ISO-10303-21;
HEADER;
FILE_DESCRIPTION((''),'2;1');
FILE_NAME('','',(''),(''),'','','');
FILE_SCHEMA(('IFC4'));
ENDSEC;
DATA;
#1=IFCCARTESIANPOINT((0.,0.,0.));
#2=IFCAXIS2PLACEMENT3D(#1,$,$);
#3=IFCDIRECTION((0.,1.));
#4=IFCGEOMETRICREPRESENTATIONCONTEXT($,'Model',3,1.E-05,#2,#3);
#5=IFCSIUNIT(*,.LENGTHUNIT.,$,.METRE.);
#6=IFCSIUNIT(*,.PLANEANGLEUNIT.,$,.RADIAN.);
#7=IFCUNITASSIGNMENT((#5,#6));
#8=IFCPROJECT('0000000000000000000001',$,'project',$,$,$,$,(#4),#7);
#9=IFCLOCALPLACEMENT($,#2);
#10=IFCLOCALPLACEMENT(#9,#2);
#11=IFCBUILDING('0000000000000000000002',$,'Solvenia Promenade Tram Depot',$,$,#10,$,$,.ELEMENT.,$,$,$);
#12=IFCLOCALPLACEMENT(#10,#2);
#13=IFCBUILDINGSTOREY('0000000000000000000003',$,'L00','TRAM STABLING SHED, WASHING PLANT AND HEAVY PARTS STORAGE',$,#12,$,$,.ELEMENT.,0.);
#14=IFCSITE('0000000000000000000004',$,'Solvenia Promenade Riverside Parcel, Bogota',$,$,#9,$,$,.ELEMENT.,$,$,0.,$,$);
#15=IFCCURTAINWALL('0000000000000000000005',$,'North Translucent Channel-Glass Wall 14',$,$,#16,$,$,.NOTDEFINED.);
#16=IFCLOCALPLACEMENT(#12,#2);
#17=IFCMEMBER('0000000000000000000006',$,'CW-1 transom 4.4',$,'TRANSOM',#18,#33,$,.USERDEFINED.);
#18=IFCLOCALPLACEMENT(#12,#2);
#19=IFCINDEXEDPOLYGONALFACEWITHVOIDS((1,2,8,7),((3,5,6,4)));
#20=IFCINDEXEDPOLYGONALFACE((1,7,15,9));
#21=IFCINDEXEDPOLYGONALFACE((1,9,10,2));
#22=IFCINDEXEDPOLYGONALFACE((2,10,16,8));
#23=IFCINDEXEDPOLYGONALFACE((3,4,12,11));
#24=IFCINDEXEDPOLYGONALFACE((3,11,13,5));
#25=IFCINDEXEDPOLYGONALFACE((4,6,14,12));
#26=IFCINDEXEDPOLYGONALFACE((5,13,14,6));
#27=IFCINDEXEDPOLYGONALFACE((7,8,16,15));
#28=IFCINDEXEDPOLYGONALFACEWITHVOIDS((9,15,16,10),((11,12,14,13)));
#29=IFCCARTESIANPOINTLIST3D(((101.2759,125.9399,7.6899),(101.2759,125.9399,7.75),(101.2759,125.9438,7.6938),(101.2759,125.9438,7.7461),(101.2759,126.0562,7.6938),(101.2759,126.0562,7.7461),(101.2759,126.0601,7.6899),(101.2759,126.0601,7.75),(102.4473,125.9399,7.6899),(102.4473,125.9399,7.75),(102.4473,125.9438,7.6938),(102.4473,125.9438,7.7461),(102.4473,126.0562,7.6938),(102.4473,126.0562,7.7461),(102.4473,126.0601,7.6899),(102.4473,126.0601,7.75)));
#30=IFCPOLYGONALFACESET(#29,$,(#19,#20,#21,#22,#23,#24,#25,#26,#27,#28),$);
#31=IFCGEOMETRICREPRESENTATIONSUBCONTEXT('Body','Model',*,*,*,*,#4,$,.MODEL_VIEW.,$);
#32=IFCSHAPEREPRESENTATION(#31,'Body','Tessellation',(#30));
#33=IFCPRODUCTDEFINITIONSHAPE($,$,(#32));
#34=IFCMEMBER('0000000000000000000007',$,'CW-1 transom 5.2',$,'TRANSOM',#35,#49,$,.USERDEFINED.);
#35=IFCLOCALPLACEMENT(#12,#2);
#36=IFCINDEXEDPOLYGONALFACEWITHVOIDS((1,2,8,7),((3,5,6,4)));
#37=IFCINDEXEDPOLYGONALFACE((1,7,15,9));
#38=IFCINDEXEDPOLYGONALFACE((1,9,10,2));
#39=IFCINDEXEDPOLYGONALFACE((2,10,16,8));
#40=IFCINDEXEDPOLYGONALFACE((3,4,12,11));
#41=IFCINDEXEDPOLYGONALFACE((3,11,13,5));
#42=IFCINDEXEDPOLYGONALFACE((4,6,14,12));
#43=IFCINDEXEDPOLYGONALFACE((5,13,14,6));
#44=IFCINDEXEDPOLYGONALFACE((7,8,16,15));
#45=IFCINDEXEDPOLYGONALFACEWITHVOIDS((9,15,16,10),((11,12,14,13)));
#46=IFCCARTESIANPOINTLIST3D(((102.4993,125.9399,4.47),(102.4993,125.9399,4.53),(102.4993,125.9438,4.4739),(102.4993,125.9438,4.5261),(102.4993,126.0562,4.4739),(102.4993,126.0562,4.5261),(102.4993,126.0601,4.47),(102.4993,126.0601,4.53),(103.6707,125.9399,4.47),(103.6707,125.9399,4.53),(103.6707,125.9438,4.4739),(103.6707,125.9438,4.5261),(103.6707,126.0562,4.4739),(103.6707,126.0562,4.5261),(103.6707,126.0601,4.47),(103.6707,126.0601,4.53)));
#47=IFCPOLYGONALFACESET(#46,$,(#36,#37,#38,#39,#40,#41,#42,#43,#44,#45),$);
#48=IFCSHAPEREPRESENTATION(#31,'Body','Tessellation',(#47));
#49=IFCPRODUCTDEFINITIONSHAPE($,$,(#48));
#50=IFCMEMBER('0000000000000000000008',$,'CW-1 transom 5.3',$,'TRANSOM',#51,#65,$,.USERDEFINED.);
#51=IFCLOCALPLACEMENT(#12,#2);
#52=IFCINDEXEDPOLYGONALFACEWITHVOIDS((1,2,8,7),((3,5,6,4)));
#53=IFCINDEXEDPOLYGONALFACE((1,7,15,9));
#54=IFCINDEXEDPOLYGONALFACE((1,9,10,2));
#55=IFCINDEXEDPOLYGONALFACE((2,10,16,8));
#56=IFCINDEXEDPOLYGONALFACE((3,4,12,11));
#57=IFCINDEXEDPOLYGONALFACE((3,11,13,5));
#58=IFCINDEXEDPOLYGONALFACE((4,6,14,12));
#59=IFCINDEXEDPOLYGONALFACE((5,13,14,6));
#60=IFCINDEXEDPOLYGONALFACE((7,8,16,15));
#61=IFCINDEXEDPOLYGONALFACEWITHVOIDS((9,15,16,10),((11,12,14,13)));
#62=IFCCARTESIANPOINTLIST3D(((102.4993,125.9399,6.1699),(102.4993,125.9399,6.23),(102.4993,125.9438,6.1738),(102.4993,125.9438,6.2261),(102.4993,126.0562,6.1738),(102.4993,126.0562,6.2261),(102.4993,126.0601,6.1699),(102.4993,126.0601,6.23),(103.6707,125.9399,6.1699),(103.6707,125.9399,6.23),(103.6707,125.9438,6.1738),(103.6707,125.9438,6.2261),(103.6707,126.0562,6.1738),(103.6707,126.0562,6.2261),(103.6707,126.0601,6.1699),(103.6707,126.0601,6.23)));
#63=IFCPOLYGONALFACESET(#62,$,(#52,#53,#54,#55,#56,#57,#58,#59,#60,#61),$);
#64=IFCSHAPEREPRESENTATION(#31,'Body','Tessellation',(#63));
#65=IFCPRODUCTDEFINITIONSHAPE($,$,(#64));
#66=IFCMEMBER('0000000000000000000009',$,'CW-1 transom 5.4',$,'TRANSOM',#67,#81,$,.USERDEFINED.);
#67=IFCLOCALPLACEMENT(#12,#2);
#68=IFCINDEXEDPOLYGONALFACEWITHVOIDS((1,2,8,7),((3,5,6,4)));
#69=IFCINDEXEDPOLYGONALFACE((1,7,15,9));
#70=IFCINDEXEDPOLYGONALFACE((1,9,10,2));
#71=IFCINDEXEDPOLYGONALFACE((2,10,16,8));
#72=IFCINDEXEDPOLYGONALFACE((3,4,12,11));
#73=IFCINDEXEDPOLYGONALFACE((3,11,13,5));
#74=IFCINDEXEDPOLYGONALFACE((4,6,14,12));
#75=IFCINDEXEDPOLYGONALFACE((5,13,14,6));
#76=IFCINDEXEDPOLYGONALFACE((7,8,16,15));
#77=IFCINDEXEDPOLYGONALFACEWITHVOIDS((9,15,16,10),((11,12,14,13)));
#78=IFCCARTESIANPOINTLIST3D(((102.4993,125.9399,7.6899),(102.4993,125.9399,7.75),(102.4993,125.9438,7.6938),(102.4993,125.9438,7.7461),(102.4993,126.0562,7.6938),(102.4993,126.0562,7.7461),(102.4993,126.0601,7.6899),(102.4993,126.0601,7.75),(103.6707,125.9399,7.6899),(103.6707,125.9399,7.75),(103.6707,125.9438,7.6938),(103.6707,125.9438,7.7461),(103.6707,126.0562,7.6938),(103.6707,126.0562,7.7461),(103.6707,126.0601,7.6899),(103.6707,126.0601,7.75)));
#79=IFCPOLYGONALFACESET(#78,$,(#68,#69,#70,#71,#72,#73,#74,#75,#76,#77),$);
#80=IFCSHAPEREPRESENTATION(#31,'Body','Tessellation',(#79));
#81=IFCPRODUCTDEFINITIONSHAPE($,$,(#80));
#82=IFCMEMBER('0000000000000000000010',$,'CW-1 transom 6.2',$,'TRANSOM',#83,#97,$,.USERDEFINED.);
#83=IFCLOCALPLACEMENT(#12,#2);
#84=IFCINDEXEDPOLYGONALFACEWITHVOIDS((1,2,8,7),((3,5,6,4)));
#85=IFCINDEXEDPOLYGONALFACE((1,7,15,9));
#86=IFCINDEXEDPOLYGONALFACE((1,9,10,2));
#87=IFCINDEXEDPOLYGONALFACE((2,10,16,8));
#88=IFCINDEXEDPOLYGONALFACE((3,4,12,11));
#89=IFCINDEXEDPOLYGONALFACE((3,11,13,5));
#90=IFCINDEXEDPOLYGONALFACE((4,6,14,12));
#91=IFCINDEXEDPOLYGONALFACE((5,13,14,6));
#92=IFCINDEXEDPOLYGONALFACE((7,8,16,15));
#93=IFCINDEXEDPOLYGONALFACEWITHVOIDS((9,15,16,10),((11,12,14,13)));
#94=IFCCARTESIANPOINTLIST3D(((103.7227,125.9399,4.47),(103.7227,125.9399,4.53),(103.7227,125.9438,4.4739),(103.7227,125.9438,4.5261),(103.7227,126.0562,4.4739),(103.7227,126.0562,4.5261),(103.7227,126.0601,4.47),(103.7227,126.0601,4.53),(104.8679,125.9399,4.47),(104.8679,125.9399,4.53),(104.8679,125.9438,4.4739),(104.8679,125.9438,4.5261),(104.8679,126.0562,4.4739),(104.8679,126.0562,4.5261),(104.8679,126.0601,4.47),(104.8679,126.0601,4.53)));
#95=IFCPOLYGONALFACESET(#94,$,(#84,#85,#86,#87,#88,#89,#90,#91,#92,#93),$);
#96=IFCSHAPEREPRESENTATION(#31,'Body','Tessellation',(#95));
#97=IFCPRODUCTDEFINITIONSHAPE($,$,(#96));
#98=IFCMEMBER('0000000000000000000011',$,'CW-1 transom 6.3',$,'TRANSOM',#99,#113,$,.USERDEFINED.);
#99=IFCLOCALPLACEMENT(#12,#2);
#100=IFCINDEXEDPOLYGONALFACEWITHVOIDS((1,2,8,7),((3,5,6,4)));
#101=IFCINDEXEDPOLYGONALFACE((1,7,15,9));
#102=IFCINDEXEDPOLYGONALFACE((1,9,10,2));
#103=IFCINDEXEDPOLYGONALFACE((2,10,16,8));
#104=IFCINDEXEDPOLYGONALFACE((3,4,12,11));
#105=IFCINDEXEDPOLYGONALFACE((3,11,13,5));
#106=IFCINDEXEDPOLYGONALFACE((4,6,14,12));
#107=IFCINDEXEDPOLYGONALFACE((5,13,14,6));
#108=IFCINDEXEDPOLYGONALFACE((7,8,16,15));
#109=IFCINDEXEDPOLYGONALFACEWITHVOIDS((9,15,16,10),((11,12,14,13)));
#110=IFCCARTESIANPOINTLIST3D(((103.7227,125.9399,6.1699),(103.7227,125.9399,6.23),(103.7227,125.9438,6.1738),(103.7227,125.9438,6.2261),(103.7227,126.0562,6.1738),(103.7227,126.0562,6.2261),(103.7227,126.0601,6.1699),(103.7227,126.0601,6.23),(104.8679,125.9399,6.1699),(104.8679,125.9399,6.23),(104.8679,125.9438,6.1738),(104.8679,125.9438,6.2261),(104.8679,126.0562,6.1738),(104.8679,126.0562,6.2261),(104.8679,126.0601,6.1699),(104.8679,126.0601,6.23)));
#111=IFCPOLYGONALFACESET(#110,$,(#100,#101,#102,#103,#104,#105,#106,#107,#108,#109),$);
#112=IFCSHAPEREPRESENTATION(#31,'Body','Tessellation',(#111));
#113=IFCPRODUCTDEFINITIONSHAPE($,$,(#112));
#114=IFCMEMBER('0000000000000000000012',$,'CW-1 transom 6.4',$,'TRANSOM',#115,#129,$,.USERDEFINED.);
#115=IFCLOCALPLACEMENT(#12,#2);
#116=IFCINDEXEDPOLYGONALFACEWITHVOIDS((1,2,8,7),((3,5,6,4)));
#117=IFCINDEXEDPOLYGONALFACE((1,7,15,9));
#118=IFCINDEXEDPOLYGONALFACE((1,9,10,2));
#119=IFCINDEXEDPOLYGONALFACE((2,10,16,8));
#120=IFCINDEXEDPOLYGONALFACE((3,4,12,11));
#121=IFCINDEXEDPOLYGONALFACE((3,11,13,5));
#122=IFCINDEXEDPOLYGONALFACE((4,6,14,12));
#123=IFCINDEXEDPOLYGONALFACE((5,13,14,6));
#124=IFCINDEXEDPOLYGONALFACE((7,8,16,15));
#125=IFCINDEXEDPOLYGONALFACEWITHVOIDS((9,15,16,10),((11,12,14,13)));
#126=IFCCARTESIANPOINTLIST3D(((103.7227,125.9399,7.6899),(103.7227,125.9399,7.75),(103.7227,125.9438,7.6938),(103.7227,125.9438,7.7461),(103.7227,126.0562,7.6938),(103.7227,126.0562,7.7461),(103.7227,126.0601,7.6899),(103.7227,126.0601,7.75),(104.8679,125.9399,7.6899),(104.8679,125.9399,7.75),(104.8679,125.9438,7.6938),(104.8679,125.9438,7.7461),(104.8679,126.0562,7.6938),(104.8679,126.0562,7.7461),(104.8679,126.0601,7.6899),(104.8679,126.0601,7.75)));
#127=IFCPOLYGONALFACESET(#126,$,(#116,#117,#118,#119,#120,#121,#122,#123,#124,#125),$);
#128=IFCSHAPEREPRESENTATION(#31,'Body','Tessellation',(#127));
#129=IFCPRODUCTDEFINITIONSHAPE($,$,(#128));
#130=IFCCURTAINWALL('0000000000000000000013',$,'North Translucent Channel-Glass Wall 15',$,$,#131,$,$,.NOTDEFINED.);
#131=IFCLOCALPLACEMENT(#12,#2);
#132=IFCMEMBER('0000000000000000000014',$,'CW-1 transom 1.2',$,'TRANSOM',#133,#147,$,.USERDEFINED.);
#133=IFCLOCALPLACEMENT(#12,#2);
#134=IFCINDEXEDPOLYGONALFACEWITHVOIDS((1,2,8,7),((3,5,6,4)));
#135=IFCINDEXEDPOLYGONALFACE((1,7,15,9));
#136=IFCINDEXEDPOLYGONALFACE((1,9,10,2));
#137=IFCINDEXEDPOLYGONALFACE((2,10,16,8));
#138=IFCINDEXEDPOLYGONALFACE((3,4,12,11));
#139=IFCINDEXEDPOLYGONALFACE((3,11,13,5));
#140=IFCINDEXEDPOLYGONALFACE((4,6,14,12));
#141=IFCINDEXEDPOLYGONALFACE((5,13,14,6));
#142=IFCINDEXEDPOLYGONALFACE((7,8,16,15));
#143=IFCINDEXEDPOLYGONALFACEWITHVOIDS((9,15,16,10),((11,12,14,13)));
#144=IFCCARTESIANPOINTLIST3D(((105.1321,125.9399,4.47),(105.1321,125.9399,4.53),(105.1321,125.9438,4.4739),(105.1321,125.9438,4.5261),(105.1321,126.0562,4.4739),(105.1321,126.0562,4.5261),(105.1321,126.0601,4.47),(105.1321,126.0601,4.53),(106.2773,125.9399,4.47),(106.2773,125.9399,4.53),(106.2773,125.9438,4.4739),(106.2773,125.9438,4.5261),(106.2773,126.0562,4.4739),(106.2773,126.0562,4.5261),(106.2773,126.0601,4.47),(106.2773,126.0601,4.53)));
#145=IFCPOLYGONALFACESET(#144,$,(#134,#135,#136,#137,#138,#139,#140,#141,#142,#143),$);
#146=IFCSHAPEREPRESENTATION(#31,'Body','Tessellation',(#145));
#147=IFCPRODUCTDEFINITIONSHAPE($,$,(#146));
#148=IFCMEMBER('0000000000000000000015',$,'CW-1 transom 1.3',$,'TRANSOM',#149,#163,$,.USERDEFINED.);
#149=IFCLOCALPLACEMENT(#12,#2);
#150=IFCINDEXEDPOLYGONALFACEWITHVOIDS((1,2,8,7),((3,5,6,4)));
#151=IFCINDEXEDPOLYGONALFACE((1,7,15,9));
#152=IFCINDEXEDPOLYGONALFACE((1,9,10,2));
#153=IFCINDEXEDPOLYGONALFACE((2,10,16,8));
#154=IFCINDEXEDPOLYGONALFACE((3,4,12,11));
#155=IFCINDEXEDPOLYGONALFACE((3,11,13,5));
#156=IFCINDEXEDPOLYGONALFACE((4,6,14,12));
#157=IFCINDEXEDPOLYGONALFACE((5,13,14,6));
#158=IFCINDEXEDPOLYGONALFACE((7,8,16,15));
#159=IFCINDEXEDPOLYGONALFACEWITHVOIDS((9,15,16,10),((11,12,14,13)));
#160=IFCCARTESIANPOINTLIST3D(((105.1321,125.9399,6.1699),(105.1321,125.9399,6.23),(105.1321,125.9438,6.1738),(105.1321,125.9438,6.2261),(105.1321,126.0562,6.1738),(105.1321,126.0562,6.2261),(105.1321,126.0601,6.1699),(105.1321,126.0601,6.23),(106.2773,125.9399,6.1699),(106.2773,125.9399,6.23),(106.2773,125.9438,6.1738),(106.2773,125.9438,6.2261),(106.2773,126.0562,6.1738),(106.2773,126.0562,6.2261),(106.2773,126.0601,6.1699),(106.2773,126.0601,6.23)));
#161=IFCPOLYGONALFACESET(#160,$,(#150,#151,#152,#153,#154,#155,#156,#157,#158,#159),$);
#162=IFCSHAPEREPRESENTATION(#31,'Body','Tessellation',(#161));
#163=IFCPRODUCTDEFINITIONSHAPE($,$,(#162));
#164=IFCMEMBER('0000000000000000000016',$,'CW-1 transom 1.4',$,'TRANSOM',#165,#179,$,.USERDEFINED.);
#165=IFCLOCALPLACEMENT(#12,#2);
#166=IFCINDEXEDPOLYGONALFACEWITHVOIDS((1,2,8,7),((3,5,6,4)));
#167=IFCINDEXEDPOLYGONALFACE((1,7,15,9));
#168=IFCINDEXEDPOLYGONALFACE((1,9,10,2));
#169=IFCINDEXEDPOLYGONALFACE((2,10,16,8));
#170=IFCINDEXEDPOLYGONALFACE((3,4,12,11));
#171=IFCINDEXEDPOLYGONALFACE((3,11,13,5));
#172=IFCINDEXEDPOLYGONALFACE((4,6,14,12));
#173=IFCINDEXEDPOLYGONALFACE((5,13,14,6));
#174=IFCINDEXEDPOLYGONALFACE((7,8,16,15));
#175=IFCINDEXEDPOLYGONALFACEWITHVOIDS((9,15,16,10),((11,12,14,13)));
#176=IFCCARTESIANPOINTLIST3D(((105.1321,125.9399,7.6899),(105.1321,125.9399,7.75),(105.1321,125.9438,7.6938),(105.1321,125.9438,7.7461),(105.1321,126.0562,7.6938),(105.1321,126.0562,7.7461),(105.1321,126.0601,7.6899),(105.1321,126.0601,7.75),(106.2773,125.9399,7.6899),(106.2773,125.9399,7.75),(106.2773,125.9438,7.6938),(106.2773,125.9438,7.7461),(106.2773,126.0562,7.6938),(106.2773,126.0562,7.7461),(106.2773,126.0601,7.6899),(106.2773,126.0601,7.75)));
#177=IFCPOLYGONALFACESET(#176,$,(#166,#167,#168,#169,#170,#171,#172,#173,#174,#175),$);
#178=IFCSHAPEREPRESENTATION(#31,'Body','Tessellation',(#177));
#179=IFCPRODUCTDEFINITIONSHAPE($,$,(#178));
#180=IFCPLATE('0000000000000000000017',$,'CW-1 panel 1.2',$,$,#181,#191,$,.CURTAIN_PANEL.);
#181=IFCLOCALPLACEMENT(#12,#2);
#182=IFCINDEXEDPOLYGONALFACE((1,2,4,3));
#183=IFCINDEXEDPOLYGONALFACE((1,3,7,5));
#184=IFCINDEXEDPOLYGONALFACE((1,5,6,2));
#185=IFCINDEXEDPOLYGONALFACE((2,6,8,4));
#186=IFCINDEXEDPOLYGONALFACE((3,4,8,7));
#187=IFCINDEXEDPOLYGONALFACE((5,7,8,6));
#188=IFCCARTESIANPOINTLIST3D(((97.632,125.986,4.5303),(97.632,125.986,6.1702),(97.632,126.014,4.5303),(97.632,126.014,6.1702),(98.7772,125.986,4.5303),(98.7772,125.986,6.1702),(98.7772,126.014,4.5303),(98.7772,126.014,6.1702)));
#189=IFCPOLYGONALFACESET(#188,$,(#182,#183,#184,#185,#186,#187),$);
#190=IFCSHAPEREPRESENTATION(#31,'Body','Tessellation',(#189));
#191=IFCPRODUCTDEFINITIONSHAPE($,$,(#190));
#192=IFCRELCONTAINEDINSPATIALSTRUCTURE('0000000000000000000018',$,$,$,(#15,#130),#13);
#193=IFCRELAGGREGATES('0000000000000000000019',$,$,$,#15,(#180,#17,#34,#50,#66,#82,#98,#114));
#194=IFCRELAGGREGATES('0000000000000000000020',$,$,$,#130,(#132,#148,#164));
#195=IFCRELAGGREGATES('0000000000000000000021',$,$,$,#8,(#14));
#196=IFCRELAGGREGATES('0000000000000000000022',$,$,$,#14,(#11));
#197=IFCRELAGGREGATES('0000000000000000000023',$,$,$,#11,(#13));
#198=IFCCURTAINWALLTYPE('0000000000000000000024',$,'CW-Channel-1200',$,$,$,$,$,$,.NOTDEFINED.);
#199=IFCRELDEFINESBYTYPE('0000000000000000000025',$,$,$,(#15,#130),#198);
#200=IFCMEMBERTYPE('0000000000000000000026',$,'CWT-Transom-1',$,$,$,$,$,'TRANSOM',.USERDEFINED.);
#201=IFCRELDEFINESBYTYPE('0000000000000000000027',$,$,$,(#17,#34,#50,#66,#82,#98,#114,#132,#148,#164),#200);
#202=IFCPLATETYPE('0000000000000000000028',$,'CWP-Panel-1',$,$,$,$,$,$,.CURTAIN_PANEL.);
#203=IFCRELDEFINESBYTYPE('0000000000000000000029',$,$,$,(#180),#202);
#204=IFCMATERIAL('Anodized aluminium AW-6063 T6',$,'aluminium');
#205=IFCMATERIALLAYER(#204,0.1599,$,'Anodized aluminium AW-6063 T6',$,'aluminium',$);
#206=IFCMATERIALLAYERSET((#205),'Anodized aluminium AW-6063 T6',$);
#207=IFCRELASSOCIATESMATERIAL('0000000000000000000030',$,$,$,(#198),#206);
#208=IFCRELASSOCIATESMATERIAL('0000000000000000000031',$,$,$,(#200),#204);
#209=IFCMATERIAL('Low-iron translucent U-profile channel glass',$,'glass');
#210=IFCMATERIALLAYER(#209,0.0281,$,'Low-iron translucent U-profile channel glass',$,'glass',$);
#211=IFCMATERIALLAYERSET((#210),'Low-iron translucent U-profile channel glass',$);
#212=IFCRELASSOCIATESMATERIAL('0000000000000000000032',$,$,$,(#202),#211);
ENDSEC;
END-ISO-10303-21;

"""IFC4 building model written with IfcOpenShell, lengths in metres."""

from ifc_helpers import new_model, si_unit, direction, frame, origin, origin_2d, place, context, subcontext, project, spatial, rectangle, hollow_rectangle, extrude, material, layer, layer_set, material_profile, profile_set, type_object, element, aggregate, save


model = new_model("IFC4")

# Units and contexts
model_context = context("Model", 3, precision=1e-05, world=origin(), true_north=direction((0.0, 1.0)))
body_context = subcontext(model_context, "Body", "Model", "MODEL_VIEW")
ifc_project = project(units=[si_unit("LENGTHUNIT", "METRE"), si_unit("PLANEANGLEUNIT", "RADIAN")], contexts=[model_context])

# Site, building, storey
site_placement = place(None, origin())
site = spatial("IfcSite", under=ifc_project, at=site_placement, Name="Solvenia Promenade Riverside Parcel, Bogota", CompositionType="ELEMENT", RefElevation=0.0)
building_placement = place(site_placement, origin())
building = spatial("IfcBuilding", under=site, at=building_placement, Name="Solvenia Promenade Tram Depot", CompositionType="ELEMENT")
storey_placement = place(building_placement, origin())
storey = spatial("IfcBuildingStorey", under=building, at=storey_placement, Name="L00", Description="TRAM STABLING SHED, WASHING PLANT AND HEAVY PARTS STORAGE", CompositionType="ELEMENT", Elevation=0.0)

# Curtain walls, members
ifc_material_1 = material(Name="Anodized aluminium AW-6063 T6", Category="aluminium")
ifc_layer_1 = layer(ifc_material_1, 0.1599, Name="Anodized aluminium AW-6063 T6", Category="aluminium")
ifc_layer_set_1 = layer_set([ifc_layer_1], Name="Anodized aluminium AW-6063 T6")
curtain_wall_type = type_object("IfcCurtainWallType", Name="CW-Channel-1200", PredefinedType="NOTDEFINED", material=ifc_layer_set_1)
curtain_wall_1_placement = place(storey_placement, origin())
curtain_wall_1 = element("IfcCurtainWall", 1, at=curtain_wall_1_placement, inside=storey, type_object=curtain_wall_type, Name="North Translucent Channel-Glass Wall 14", PredefinedType="NOTDEFINED")
ifc_material_profile = material_profile(ifc_material_1, hollow_rectangle(XDim=0.1201, YDim=0.0601, WallThickness=0.0039, at=origin_2d()), Name="ALU-T1", Category="aluminium")
ifc_profile_set = profile_set([ifc_material_profile], Name="Anodized aluminium AW-6063 T6")
member_type = type_object("IfcMemberType", Name="CWT-Transom-1", ElementType="TRANSOM", PredefinedType="USERDEFINED", material=ifc_profile_set)
member_1_placement = place(storey_placement, frame((101.2759, 126.0, 7.72), z_axis=(1.0, 0.0, 0.0), x_axis=(0.0, 1.0, 0.0)))
member_1 = element("IfcMember", 2, at=member_1_placement, type_object=member_type, Name="CW-1 transom 4.4", ObjectType="TRANSOM", PredefinedType="USERDEFINED", context=body_context, shape_type="SweptSolid", body=[
    extrude(hollow_rectangle(XDim=0.1201, YDim=0.0601, WallThickness=0.0039, at=origin_2d()), origin(), (0.0, 0.0, 1.0), 1.1714),
])
member_2_placement = place(storey_placement, frame((102.4993, 126.0, 4.5), z_axis=(1.0, 0.0, 0.0), x_axis=(0.0, 1.0, 0.0)))
member_2 = element("IfcMember", 3, at=member_2_placement, type_object=member_type, Name="CW-1 transom 5.2", ObjectType="TRANSOM", PredefinedType="USERDEFINED", context=body_context, shape_type="SweptSolid", body=[
    extrude(hollow_rectangle(XDim=0.1201, YDim=0.0601, WallThickness=0.0039, at=origin_2d()), origin(), (0.0, 0.0, 1.0), 1.1714),
])
member_3_placement = place(storey_placement, frame((102.4993, 126.0, 6.2), z_axis=(1.0, 0.0, 0.0), x_axis=(0.0, 1.0, 0.0)))
member_3 = element("IfcMember", 4, at=member_3_placement, type_object=member_type, Name="CW-1 transom 5.3", ObjectType="TRANSOM", PredefinedType="USERDEFINED", context=body_context, shape_type="SweptSolid", body=[
    extrude(hollow_rectangle(XDim=0.1201, YDim=0.0601, WallThickness=0.0039, at=origin_2d()), origin(), (0.0, 0.0, 1.0), 1.1714),
])
member_4_placement = place(storey_placement, frame((102.4993, 126.0, 7.72), z_axis=(1.0, 0.0, 0.0), x_axis=(0.0, 1.0, 0.0)))
member_4 = element("IfcMember", 5, at=member_4_placement, type_object=member_type, Name="CW-1 transom 5.4", ObjectType="TRANSOM", PredefinedType="USERDEFINED", context=body_context, shape_type="SweptSolid", body=[
    extrude(hollow_rectangle(XDim=0.1201, YDim=0.0601, WallThickness=0.0039, at=origin_2d()), origin(), (0.0, 0.0, 1.0), 1.1714),
])
member_5_placement = place(storey_placement, frame((103.7227, 126.0, 4.5), z_axis=(1.0, 0.0, 0.0), x_axis=(0.0, 1.0, 0.0)))
member_5 = element("IfcMember", 6, at=member_5_placement, type_object=member_type, Name="CW-1 transom 6.2", ObjectType="TRANSOM", PredefinedType="USERDEFINED", context=body_context, shape_type="SweptSolid", body=[
    extrude(hollow_rectangle(XDim=0.1201, YDim=0.0601, WallThickness=0.0039, at=origin_2d()), origin(), (0.0, 0.0, 1.0), 1.1453),
])
member_6_placement = place(storey_placement, frame((103.7227, 126.0, 6.2), z_axis=(1.0, 0.0, 0.0), x_axis=(0.0, 1.0, 0.0)))
member_6 = element("IfcMember", 7, at=member_6_placement, type_object=member_type, Name="CW-1 transom 6.3", ObjectType="TRANSOM", PredefinedType="USERDEFINED", context=body_context, shape_type="SweptSolid", body=[
    extrude(hollow_rectangle(XDim=0.1201, YDim=0.0601, WallThickness=0.0039, at=origin_2d()), origin(), (0.0, 0.0, 1.0), 1.1453),
])
member_7_placement = place(storey_placement, frame((103.7227, 126.0, 7.72), z_axis=(1.0, 0.0, 0.0), x_axis=(0.0, 1.0, 0.0)))
member_7 = element("IfcMember", 8, at=member_7_placement, type_object=member_type, Name="CW-1 transom 6.4", ObjectType="TRANSOM", PredefinedType="USERDEFINED", context=body_context, shape_type="SweptSolid", body=[
    extrude(hollow_rectangle(XDim=0.1201, YDim=0.0601, WallThickness=0.0039, at=origin_2d()), origin(), (0.0, 0.0, 1.0), 1.1453),
])
curtain_wall_2_placement = place(storey_placement, origin())
curtain_wall_2 = element("IfcCurtainWall", 9, at=curtain_wall_2_placement, inside=storey, type_object=curtain_wall_type, Name="North Translucent Channel-Glass Wall 15", PredefinedType="NOTDEFINED")
member_8_placement = place(storey_placement, frame((105.1321, 126.0, 4.5), z_axis=(1.0, 0.0, 0.0), x_axis=(0.0, 1.0, 0.0)))
member_8 = element("IfcMember", 10, at=member_8_placement, type_object=member_type, Name="CW-1 transom 1.2", ObjectType="TRANSOM", PredefinedType="USERDEFINED", context=body_context, shape_type="SweptSolid", body=[
    extrude(hollow_rectangle(XDim=0.1201, YDim=0.0601, WallThickness=0.0039, at=origin_2d()), origin(), (0.0, 0.0, 1.0), 1.1453),
])
member_9_placement = place(storey_placement, frame((105.1321, 126.0, 6.2), z_axis=(1.0, 0.0, 0.0), x_axis=(0.0, 1.0, 0.0)))
member_9 = element("IfcMember", 11, at=member_9_placement, type_object=member_type, Name="CW-1 transom 1.3", ObjectType="TRANSOM", PredefinedType="USERDEFINED", context=body_context, shape_type="SweptSolid", body=[
    extrude(hollow_rectangle(XDim=0.1201, YDim=0.0601, WallThickness=0.0039, at=origin_2d()), origin(), (0.0, 0.0, 1.0), 1.1453),
])
member_10_placement = place(storey_placement, frame((105.1321, 126.0, 7.72), z_axis=(1.0, 0.0, 0.0), x_axis=(0.0, 1.0, 0.0)))
member_10 = element("IfcMember", 12, at=member_10_placement, type_object=member_type, Name="CW-1 transom 1.4", ObjectType="TRANSOM", PredefinedType="USERDEFINED", context=body_context, shape_type="SweptSolid", body=[
    extrude(hollow_rectangle(XDim=0.1201, YDim=0.0601, WallThickness=0.0039, at=origin_2d()), origin(), (0.0, 0.0, 1.0), 1.1453),
])

# Plate
ifc_material_2 = material(Name="Low-iron translucent U-profile channel glass", Category="glass")
ifc_layer_2 = layer(ifc_material_2, 0.0281, Name="Low-iron translucent U-profile channel glass", Category="glass")
ifc_layer_set_2 = layer_set([ifc_layer_2], Name="Low-iron translucent U-profile channel glass")
plate_type = type_object("IfcPlateType", Name="CWP-Panel-1", PredefinedType="CURTAIN_PANEL", material=ifc_layer_set_2)
plate_1_placement = place(storey_placement, frame((98.2046, 126.0, 4.5303), z_axis=(0.0, 0.0, 1.0), x_axis=(1.0, 0.0, 0.0)))
plate_1 = element("IfcPlate", 13, at=plate_1_placement, type_object=plate_type, Name="CW-1 panel 1.2", PredefinedType="CURTAIN_PANEL", context=body_context, shape_type="SweptSolid", body=[
    extrude(rectangle(XDim=1.1453, YDim=0.0281, at=origin_2d()), origin(), (0.0, 0.0, 1.0), 1.6399),
])
aggregate(curtain_wall_1, [plate_1, member_1, member_2, member_3, member_4, member_5, member_6, member_7])
aggregate(curtain_wall_2, [member_8, member_9, member_10])

save(model, "model.ifc")
